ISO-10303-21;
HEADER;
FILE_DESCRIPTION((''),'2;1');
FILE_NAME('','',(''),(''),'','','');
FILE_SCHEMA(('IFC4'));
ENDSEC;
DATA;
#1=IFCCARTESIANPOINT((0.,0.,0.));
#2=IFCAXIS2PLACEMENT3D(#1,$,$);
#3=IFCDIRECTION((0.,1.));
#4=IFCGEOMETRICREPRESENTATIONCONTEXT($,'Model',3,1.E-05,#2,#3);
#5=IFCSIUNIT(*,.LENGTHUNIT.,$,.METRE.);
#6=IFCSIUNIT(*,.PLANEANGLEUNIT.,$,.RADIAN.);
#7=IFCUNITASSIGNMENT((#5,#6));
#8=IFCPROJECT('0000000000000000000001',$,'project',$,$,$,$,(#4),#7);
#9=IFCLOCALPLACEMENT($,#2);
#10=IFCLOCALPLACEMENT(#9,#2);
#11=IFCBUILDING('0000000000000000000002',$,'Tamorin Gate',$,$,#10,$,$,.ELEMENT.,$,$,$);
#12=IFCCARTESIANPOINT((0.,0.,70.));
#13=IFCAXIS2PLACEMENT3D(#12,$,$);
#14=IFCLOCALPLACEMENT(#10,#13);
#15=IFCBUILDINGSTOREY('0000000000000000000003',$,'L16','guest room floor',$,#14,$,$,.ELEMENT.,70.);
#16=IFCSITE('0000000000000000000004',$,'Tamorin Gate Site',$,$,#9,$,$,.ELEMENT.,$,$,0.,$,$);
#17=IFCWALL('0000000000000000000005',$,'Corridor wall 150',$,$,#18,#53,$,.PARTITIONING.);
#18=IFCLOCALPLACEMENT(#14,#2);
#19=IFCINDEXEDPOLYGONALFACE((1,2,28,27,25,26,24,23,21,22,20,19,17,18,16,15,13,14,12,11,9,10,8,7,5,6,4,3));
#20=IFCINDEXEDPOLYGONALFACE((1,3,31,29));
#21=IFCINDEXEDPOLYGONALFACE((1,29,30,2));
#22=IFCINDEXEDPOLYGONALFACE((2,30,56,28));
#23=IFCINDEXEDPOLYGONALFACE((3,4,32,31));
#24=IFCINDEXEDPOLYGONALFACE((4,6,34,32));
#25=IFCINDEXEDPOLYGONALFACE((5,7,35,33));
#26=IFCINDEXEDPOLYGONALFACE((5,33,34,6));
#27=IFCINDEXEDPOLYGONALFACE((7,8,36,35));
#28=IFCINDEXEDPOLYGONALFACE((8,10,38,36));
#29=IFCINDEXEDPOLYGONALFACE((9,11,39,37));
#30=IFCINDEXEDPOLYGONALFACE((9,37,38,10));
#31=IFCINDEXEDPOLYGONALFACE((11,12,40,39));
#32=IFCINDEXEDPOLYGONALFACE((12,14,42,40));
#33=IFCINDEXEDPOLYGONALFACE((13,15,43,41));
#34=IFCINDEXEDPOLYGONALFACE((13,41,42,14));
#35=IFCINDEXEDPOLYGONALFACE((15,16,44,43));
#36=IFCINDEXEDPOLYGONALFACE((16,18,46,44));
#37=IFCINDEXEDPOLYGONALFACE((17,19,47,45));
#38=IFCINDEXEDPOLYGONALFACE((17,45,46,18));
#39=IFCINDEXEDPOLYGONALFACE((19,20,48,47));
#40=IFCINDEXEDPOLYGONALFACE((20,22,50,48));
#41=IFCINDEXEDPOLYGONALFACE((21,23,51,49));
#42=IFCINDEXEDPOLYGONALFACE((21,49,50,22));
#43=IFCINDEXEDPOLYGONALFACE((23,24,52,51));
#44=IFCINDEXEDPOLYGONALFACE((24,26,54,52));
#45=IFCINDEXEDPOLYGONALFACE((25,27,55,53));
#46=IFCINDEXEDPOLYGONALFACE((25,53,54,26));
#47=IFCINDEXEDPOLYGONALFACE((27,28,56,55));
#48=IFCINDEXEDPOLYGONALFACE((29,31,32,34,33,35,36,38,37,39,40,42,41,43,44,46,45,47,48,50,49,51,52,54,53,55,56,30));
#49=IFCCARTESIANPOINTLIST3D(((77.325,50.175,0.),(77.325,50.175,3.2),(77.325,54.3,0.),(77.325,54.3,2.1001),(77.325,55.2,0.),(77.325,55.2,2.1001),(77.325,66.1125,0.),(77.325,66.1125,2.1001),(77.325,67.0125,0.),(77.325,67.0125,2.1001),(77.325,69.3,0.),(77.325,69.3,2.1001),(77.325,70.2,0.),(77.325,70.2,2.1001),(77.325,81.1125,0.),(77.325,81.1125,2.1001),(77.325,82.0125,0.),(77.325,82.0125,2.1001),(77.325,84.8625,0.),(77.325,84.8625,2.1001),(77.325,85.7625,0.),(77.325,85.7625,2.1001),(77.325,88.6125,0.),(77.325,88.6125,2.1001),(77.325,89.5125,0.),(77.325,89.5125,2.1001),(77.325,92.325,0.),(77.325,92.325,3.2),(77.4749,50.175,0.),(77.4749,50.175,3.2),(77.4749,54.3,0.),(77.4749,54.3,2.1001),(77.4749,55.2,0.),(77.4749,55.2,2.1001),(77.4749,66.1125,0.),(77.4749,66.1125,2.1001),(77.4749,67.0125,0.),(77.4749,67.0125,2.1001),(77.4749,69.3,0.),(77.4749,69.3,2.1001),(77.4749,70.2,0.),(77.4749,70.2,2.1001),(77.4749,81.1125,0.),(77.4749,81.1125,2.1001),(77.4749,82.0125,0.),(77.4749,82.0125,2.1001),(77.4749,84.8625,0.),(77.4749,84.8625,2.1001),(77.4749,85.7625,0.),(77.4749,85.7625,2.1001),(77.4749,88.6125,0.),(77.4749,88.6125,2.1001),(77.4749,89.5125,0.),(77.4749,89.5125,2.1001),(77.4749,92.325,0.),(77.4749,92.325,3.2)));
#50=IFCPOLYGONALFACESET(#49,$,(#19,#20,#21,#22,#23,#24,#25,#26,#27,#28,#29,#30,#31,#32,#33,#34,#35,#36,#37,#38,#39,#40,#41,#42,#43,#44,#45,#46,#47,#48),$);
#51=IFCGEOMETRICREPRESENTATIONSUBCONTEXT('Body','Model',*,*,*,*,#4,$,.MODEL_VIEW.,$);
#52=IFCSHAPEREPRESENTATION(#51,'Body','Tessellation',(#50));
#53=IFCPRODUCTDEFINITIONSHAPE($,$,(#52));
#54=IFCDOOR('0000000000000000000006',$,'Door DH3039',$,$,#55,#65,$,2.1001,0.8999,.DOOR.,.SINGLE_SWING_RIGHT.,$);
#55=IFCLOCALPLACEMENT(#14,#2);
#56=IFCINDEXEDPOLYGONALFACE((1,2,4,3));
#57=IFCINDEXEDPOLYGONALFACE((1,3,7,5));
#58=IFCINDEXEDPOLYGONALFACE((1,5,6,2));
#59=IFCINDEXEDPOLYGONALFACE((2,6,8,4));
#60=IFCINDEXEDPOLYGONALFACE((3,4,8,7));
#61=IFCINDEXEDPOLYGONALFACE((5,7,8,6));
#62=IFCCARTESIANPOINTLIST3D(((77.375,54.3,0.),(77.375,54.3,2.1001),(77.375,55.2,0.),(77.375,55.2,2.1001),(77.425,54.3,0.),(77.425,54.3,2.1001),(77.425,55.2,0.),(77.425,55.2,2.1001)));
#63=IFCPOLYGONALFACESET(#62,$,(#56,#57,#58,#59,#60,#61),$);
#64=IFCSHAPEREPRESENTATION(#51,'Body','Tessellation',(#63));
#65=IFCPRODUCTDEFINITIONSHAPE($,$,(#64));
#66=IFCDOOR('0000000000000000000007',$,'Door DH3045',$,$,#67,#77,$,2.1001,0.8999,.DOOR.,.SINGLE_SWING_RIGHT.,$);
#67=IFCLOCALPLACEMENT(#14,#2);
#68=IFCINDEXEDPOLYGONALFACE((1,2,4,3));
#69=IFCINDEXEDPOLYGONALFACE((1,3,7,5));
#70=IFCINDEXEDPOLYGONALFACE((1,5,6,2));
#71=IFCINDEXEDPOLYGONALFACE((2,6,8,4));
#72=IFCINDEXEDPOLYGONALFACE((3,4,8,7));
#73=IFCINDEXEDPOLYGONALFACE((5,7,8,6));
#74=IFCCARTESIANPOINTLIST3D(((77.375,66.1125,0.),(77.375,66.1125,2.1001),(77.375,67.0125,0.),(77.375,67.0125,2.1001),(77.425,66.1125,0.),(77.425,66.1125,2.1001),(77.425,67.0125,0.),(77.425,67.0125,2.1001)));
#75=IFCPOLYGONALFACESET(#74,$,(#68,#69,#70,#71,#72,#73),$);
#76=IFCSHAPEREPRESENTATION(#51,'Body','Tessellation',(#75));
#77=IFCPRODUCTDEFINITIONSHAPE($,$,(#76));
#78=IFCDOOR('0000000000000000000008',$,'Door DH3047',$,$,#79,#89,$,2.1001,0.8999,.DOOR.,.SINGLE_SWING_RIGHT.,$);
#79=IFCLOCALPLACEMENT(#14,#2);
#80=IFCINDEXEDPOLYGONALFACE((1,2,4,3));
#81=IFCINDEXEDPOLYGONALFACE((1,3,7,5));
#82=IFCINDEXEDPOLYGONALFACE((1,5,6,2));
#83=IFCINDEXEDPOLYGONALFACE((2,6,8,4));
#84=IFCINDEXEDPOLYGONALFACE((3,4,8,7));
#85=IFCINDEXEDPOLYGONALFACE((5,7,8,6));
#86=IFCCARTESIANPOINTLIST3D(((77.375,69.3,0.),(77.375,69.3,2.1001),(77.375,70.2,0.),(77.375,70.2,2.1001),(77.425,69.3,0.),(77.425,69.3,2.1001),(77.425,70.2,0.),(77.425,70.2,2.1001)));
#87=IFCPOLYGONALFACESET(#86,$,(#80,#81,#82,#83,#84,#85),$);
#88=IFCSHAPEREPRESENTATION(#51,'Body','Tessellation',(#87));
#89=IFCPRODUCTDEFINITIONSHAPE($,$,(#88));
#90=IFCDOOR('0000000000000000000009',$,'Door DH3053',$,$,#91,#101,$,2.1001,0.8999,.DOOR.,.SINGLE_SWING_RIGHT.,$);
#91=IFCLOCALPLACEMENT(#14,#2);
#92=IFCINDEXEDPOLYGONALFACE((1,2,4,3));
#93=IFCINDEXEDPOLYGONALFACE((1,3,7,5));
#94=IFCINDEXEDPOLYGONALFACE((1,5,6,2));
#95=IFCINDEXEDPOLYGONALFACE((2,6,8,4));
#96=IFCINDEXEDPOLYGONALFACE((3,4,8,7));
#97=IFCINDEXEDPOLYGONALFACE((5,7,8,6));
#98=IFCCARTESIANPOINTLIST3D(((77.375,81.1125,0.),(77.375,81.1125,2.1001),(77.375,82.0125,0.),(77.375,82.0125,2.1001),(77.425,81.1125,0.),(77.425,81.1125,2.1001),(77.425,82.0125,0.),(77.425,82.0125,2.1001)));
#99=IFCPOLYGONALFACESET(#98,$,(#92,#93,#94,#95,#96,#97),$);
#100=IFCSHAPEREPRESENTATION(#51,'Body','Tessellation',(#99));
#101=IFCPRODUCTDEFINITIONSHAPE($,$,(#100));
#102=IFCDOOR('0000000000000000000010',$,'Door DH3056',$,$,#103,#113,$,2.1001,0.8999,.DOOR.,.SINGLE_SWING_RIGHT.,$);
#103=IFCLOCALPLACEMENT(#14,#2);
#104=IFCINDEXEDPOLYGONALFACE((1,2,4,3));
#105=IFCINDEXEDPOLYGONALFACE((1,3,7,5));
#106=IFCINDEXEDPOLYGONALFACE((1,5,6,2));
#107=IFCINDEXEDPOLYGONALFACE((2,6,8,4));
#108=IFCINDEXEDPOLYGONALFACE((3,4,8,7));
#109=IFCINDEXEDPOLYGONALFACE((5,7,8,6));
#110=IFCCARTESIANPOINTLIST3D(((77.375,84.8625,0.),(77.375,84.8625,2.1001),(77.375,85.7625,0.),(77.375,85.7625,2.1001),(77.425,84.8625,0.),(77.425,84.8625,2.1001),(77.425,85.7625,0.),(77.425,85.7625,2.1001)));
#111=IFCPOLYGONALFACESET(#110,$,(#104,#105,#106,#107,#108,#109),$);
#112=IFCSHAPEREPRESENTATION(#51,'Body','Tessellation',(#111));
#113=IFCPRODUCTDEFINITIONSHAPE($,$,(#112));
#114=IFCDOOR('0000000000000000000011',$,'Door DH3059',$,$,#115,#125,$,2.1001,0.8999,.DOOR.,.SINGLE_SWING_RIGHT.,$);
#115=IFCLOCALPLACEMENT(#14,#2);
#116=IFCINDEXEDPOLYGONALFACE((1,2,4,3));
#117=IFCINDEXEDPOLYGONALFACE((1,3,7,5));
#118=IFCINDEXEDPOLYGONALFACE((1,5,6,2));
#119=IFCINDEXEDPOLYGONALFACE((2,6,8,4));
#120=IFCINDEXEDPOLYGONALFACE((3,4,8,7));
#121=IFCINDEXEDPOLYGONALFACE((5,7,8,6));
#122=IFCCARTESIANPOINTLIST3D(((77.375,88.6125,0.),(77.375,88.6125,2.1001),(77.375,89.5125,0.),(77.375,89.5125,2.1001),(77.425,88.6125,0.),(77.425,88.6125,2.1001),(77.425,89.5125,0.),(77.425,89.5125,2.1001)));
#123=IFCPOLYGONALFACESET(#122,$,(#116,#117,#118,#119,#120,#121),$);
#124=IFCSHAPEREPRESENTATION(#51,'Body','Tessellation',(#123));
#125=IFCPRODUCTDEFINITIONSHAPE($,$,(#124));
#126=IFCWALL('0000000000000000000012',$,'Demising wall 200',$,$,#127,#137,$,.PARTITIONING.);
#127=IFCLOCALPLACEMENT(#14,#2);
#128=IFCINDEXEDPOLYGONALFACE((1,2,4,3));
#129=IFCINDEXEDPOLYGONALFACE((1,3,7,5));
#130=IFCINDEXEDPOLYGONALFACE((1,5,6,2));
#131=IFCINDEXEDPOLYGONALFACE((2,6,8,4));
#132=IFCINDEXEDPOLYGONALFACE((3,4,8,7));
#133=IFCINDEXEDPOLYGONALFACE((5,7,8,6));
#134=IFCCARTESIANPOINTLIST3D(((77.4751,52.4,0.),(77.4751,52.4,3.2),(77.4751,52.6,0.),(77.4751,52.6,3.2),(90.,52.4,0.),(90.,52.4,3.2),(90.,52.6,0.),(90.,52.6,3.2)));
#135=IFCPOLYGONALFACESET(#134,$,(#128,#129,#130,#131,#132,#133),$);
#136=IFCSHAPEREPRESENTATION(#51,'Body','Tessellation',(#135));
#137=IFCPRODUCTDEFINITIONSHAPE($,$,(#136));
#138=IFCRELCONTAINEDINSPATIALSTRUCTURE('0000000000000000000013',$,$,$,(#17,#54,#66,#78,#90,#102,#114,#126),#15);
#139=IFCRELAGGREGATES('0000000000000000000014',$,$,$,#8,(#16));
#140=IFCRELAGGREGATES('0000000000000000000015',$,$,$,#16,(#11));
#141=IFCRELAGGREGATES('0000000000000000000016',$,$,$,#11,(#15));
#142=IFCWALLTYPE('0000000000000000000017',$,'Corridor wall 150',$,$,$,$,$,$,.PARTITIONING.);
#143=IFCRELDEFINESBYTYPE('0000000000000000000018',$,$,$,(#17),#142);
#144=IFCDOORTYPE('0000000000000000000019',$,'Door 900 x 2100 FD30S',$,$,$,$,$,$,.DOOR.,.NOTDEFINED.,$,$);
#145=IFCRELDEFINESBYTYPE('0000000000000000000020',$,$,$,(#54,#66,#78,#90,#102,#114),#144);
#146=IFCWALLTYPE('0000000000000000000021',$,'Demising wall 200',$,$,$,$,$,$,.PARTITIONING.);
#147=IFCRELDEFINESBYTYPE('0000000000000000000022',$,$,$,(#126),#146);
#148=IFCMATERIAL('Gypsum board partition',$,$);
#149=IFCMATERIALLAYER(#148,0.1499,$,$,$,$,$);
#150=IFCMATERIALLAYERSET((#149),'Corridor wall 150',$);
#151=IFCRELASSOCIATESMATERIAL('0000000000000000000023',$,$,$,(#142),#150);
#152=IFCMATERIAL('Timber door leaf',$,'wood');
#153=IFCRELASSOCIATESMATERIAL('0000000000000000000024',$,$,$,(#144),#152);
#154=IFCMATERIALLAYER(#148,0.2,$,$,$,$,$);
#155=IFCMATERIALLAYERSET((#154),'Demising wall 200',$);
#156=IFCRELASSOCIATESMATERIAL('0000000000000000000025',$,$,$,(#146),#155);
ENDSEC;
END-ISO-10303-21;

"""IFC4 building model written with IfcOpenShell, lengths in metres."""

from ifc_helpers import new_model, si_unit, direction, frame, frame_2d, origin, place, context, subcontext, project, spatial, rectangle, extrude, material, layer, layer_set, type_object, element, fill, save


model = new_model("IFC4")

# Units and contexts
model_context = context("Model", 3, precision=1e-05, world=origin(), true_north=direction((0.0, 1.0)))
body_context = subcontext(model_context, "Body", "Model", "MODEL_VIEW")
ifc_project = project(units=[si_unit("LENGTHUNIT", "METRE"), si_unit("PLANEANGLEUNIT", "RADIAN")], contexts=[model_context])

# Site, building, storey
site_placement = place(None, origin())
site = spatial("IfcSite", under=ifc_project, at=site_placement, Name="Tamorin Gate Site", CompositionType="ELEMENT", RefElevation=0.0)
building_placement = place(site_placement, origin())
building = spatial("IfcBuilding", under=site, at=building_placement, Name="Tamorin Gate", CompositionType="ELEMENT")
storey_placement = place(building_placement, frame((0.0, 0.0, 70.0)))
storey = spatial("IfcBuildingStorey", under=building, at=storey_placement, Name="L16", Description="guest room floor", CompositionType="ELEMENT", Elevation=70.0)

# Shared definitions
ifc_material_1 = material(Name="Gypsum board partition")
ifc_layer_1 = layer(ifc_material_1, 0.1499)
ifc_layer_set_1 = layer_set([ifc_layer_1], Name="Corridor wall 150")
wall_type_1 = type_object("IfcWallType", Name="Corridor wall 150", PredefinedType="PARTITIONING", material=ifc_layer_set_1)
ifc_material_2 = material(Name="Timber door leaf", Category="wood")
door_type_1 = type_object("IfcDoorType", Name="Door 900 x 2100 FD30S", OperationType="NOTDEFINED", PredefinedType="DOOR", material=ifc_material_2)

# Wall, openings, doors
wall_1_placement = place(storey_placement, frame((77.3999, 50.175, 0.0), z_axis=(0.0, 0.0, 1.0), x_axis=(0.0, 1.0, 0.0)))
wall_1 = element("IfcWall", 1, at=wall_1_placement, inside=storey, type_object=wall_type_1, Name="Corridor wall 150", PredefinedType="PARTITIONING", context=body_context, shape_type="SweptSolid", body=[
    extrude(rectangle(XDim=42.1499, YDim=0.1499, at=frame_2d((21.075, 0.0))), origin(), (0.0, 0.0, 1.0), 3.2),
])
opening_1_placement = place(wall_1_placement, frame((4.125, 0.0, 0.0)))
opening_1 = element("IfcOpeningElement", 2, at=opening_1_placement, cuts=wall_1, PredefinedType="OPENING", context=body_context, shape_type="SweptSolid", body=[
    extrude(rectangle(XDim=0.8999, YDim=2.1001, at=frame_2d((0.45, 1.05))), frame((0.0, 0.085, 0.0), z_axis=(0.0, -1.0, 0.0), x_axis=(1.0, 0.0, 0.0)), (0.0, 0.0, 1.0), 0.1699),
])
opening_2_placement = place(wall_1_placement, frame((15.9375, 0.0, 0.0)))
opening_2 = element("IfcOpeningElement", 3, at=opening_2_placement, cuts=wall_1, PredefinedType="OPENING", context=body_context, shape_type="SweptSolid", body=[
    extrude(rectangle(XDim=0.8999, YDim=2.1001, at=frame_2d((0.45, 1.05))), frame((0.0, 0.085, 0.0), z_axis=(0.0, -1.0, 0.0), x_axis=(1.0, 0.0, 0.0)), (0.0, 0.0, 1.0), 0.1699),
])
opening_3_placement = place(wall_1_placement, frame((19.125, 0.0, 0.0)))
opening_3 = element("IfcOpeningElement", 4, at=opening_3_placement, cuts=wall_1, PredefinedType="OPENING", context=body_context, shape_type="SweptSolid", body=[
    extrude(rectangle(XDim=0.8999, YDim=2.1001, at=frame_2d((0.45, 1.05))), frame((0.0, 0.085, 0.0), z_axis=(0.0, -1.0, 0.0), x_axis=(1.0, 0.0, 0.0)), (0.0, 0.0, 1.0), 0.1699),
])
opening_4_placement = place(wall_1_placement, frame((30.9375, 0.0, 0.0)))
opening_4 = element("IfcOpeningElement", 5, at=opening_4_placement, cuts=wall_1, PredefinedType="OPENING", context=body_context, shape_type="SweptSolid", body=[
    extrude(rectangle(XDim=0.8999, YDim=2.1001, at=frame_2d((0.45, 1.05))), frame((0.0, 0.085, 0.0), z_axis=(0.0, -1.0, 0.0), x_axis=(1.0, 0.0, 0.0)), (0.0, 0.0, 1.0), 0.1699),
])
opening_5_placement = place(wall_1_placement, frame((34.6875, 0.0, 0.0)))
opening_5 = element("IfcOpeningElement", 6, at=opening_5_placement, cuts=wall_1, PredefinedType="OPENING", context=body_context, shape_type="SweptSolid", body=[
    extrude(rectangle(XDim=0.8999, YDim=2.1001, at=frame_2d((0.45, 1.05))), frame((0.0, 0.085, 0.0), z_axis=(0.0, -1.0, 0.0), x_axis=(1.0, 0.0, 0.0)), (0.0, 0.0, 1.0), 0.1699),
])
opening_6_placement = place(wall_1_placement, frame((38.4375, 0.0, 0.0)))
opening_6 = element("IfcOpeningElement", 7, at=opening_6_placement, cuts=wall_1, PredefinedType="OPENING", context=body_context, shape_type="SweptSolid", body=[
    extrude(rectangle(XDim=0.8999, YDim=2.1001, at=frame_2d((0.45, 1.05))), frame((0.0, 0.085, 0.0), z_axis=(0.0, -1.0, 0.0), x_axis=(1.0, 0.0, 0.0)), (0.0, 0.0, 1.0), 0.1699),
])
door_1_placement = place(opening_1_placement, origin())
door_1 = element("IfcDoor", 8, at=door_1_placement, inside=storey, type_object=door_type_1, Name="Door DH3039", OperationType="SINGLE_SWING_RIGHT", OverallHeight=2.1001, OverallWidth=0.8999, PredefinedType="DOOR", context=body_context, shape_type="SweptSolid", body=[
    extrude(rectangle(XDim=0.8999, YDim=2.1001, at=frame_2d((0.45, 1.05))), frame((0.0, 0.0249, 0.0), z_axis=(0.0, -1.0, 0.0), x_axis=(1.0, 0.0, 0.0)), (0.0, 0.0, 1.0), 0.05),
])
fill(opening_1, door_1)
door_2_placement = place(opening_2_placement, origin())
door_2 = element("IfcDoor", 9, at=door_2_placement, inside=storey, type_object=door_type_1, Name="Door DH3045", OperationType="SINGLE_SWING_RIGHT", OverallHeight=2.1001, OverallWidth=0.8999, PredefinedType="DOOR", context=body_context, shape_type="SweptSolid", body=[
    extrude(rectangle(XDim=0.8999, YDim=2.1001, at=frame_2d((0.45, 1.05))), frame((0.0, 0.0249, 0.0), z_axis=(0.0, -1.0, 0.0), x_axis=(1.0, 0.0, 0.0)), (0.0, 0.0, 1.0), 0.05),
])
fill(opening_2, door_2)
door_3_placement = place(opening_3_placement, origin())
door_3 = element("IfcDoor", 10, at=door_3_placement, inside=storey, type_object=door_type_1, Name="Door DH3047", OperationType="SINGLE_SWING_RIGHT", OverallHeight=2.1001, OverallWidth=0.8999, PredefinedType="DOOR", context=body_context, shape_type="SweptSolid", body=[
    extrude(rectangle(XDim=0.8999, YDim=2.1001, at=frame_2d((0.45, 1.05))), frame((0.0, 0.0249, 0.0), z_axis=(0.0, -1.0, 0.0), x_axis=(1.0, 0.0, 0.0)), (0.0, 0.0, 1.0), 0.05),
])
fill(opening_3, door_3)
door_4_placement = place(opening_4_placement, origin())
door_4 = element("IfcDoor", 11, at=door_4_placement, inside=storey, type_object=door_type_1, Name="Door DH3053", OperationType="SINGLE_SWING_RIGHT", OverallHeight=2.1001, OverallWidth=0.8999, PredefinedType="DOOR", context=body_context, shape_type="SweptSolid", body=[
    extrude(rectangle(XDim=0.8999, YDim=2.1001, at=frame_2d((0.45, 1.05))), frame((0.0, 0.0249, 0.0), z_axis=(0.0, -1.0, 0.0), x_axis=(1.0, 0.0, 0.0)), (0.0, 0.0, 1.0), 0.05),
])
fill(opening_4, door_4)
door_5_placement = place(opening_5_placement, origin())
door_5 = element("IfcDoor", 12, at=door_5_placement, inside=storey, type_object=door_type_1, Name="Door DH3056", OperationType="SINGLE_SWING_RIGHT", OverallHeight=2.1001, OverallWidth=0.8999, PredefinedType="DOOR", context=body_context, shape_type="SweptSolid", body=[
    extrude(rectangle(XDim=0.8999, YDim=2.1001, at=frame_2d((0.45, 1.05))), frame((0.0, 0.0249, 0.0), z_axis=(0.0, -1.0, 0.0), x_axis=(1.0, 0.0, 0.0)), (0.0, 0.0, 1.0), 0.05),
])
fill(opening_5, door_5)
door_6_placement = place(opening_6_placement, origin())
door_6 = element("IfcDoor", 13, at=door_6_placement, inside=storey, type_object=door_type_1, Name="Door DH3059", OperationType="SINGLE_SWING_RIGHT", OverallHeight=2.1001, OverallWidth=0.8999, PredefinedType="DOOR", context=body_context, shape_type="SweptSolid", body=[
    extrude(rectangle(XDim=0.8999, YDim=2.1001, at=frame_2d((0.45, 1.05))), frame((0.0, 0.0249, 0.0), z_axis=(0.0, -1.0, 0.0), x_axis=(1.0, 0.0, 0.0)), (0.0, 0.0, 1.0), 0.05),
])
fill(opening_6, door_6)

# Wall
ifc_layer_2 = layer(ifc_material_1, 0.2)
ifc_layer_set_2 = layer_set([ifc_layer_2], Name="Demising wall 200")
wall_type_2 = type_object("IfcWallType", Name="Demising wall 200", PredefinedType="PARTITIONING", material=ifc_layer_set_2)
wall_2_placement = place(storey_placement, frame((77.4751, 52.5, 0.0), z_axis=(0.0, 0.0, 1.0), x_axis=(1.0, 0.0, 0.0)))
element("IfcWall", 14, at=wall_2_placement, inside=storey, type_object=wall_type_2, Name="Demising wall 200", PredefinedType="PARTITIONING", context=body_context, shape_type="SweptSolid", body=[
    extrude(rectangle(XDim=12.5249, YDim=0.2, at=frame_2d((6.2625, 0.0))), origin(), (0.0, 0.0, 1.0), 3.2),
])

save(model, "model.ifc")
